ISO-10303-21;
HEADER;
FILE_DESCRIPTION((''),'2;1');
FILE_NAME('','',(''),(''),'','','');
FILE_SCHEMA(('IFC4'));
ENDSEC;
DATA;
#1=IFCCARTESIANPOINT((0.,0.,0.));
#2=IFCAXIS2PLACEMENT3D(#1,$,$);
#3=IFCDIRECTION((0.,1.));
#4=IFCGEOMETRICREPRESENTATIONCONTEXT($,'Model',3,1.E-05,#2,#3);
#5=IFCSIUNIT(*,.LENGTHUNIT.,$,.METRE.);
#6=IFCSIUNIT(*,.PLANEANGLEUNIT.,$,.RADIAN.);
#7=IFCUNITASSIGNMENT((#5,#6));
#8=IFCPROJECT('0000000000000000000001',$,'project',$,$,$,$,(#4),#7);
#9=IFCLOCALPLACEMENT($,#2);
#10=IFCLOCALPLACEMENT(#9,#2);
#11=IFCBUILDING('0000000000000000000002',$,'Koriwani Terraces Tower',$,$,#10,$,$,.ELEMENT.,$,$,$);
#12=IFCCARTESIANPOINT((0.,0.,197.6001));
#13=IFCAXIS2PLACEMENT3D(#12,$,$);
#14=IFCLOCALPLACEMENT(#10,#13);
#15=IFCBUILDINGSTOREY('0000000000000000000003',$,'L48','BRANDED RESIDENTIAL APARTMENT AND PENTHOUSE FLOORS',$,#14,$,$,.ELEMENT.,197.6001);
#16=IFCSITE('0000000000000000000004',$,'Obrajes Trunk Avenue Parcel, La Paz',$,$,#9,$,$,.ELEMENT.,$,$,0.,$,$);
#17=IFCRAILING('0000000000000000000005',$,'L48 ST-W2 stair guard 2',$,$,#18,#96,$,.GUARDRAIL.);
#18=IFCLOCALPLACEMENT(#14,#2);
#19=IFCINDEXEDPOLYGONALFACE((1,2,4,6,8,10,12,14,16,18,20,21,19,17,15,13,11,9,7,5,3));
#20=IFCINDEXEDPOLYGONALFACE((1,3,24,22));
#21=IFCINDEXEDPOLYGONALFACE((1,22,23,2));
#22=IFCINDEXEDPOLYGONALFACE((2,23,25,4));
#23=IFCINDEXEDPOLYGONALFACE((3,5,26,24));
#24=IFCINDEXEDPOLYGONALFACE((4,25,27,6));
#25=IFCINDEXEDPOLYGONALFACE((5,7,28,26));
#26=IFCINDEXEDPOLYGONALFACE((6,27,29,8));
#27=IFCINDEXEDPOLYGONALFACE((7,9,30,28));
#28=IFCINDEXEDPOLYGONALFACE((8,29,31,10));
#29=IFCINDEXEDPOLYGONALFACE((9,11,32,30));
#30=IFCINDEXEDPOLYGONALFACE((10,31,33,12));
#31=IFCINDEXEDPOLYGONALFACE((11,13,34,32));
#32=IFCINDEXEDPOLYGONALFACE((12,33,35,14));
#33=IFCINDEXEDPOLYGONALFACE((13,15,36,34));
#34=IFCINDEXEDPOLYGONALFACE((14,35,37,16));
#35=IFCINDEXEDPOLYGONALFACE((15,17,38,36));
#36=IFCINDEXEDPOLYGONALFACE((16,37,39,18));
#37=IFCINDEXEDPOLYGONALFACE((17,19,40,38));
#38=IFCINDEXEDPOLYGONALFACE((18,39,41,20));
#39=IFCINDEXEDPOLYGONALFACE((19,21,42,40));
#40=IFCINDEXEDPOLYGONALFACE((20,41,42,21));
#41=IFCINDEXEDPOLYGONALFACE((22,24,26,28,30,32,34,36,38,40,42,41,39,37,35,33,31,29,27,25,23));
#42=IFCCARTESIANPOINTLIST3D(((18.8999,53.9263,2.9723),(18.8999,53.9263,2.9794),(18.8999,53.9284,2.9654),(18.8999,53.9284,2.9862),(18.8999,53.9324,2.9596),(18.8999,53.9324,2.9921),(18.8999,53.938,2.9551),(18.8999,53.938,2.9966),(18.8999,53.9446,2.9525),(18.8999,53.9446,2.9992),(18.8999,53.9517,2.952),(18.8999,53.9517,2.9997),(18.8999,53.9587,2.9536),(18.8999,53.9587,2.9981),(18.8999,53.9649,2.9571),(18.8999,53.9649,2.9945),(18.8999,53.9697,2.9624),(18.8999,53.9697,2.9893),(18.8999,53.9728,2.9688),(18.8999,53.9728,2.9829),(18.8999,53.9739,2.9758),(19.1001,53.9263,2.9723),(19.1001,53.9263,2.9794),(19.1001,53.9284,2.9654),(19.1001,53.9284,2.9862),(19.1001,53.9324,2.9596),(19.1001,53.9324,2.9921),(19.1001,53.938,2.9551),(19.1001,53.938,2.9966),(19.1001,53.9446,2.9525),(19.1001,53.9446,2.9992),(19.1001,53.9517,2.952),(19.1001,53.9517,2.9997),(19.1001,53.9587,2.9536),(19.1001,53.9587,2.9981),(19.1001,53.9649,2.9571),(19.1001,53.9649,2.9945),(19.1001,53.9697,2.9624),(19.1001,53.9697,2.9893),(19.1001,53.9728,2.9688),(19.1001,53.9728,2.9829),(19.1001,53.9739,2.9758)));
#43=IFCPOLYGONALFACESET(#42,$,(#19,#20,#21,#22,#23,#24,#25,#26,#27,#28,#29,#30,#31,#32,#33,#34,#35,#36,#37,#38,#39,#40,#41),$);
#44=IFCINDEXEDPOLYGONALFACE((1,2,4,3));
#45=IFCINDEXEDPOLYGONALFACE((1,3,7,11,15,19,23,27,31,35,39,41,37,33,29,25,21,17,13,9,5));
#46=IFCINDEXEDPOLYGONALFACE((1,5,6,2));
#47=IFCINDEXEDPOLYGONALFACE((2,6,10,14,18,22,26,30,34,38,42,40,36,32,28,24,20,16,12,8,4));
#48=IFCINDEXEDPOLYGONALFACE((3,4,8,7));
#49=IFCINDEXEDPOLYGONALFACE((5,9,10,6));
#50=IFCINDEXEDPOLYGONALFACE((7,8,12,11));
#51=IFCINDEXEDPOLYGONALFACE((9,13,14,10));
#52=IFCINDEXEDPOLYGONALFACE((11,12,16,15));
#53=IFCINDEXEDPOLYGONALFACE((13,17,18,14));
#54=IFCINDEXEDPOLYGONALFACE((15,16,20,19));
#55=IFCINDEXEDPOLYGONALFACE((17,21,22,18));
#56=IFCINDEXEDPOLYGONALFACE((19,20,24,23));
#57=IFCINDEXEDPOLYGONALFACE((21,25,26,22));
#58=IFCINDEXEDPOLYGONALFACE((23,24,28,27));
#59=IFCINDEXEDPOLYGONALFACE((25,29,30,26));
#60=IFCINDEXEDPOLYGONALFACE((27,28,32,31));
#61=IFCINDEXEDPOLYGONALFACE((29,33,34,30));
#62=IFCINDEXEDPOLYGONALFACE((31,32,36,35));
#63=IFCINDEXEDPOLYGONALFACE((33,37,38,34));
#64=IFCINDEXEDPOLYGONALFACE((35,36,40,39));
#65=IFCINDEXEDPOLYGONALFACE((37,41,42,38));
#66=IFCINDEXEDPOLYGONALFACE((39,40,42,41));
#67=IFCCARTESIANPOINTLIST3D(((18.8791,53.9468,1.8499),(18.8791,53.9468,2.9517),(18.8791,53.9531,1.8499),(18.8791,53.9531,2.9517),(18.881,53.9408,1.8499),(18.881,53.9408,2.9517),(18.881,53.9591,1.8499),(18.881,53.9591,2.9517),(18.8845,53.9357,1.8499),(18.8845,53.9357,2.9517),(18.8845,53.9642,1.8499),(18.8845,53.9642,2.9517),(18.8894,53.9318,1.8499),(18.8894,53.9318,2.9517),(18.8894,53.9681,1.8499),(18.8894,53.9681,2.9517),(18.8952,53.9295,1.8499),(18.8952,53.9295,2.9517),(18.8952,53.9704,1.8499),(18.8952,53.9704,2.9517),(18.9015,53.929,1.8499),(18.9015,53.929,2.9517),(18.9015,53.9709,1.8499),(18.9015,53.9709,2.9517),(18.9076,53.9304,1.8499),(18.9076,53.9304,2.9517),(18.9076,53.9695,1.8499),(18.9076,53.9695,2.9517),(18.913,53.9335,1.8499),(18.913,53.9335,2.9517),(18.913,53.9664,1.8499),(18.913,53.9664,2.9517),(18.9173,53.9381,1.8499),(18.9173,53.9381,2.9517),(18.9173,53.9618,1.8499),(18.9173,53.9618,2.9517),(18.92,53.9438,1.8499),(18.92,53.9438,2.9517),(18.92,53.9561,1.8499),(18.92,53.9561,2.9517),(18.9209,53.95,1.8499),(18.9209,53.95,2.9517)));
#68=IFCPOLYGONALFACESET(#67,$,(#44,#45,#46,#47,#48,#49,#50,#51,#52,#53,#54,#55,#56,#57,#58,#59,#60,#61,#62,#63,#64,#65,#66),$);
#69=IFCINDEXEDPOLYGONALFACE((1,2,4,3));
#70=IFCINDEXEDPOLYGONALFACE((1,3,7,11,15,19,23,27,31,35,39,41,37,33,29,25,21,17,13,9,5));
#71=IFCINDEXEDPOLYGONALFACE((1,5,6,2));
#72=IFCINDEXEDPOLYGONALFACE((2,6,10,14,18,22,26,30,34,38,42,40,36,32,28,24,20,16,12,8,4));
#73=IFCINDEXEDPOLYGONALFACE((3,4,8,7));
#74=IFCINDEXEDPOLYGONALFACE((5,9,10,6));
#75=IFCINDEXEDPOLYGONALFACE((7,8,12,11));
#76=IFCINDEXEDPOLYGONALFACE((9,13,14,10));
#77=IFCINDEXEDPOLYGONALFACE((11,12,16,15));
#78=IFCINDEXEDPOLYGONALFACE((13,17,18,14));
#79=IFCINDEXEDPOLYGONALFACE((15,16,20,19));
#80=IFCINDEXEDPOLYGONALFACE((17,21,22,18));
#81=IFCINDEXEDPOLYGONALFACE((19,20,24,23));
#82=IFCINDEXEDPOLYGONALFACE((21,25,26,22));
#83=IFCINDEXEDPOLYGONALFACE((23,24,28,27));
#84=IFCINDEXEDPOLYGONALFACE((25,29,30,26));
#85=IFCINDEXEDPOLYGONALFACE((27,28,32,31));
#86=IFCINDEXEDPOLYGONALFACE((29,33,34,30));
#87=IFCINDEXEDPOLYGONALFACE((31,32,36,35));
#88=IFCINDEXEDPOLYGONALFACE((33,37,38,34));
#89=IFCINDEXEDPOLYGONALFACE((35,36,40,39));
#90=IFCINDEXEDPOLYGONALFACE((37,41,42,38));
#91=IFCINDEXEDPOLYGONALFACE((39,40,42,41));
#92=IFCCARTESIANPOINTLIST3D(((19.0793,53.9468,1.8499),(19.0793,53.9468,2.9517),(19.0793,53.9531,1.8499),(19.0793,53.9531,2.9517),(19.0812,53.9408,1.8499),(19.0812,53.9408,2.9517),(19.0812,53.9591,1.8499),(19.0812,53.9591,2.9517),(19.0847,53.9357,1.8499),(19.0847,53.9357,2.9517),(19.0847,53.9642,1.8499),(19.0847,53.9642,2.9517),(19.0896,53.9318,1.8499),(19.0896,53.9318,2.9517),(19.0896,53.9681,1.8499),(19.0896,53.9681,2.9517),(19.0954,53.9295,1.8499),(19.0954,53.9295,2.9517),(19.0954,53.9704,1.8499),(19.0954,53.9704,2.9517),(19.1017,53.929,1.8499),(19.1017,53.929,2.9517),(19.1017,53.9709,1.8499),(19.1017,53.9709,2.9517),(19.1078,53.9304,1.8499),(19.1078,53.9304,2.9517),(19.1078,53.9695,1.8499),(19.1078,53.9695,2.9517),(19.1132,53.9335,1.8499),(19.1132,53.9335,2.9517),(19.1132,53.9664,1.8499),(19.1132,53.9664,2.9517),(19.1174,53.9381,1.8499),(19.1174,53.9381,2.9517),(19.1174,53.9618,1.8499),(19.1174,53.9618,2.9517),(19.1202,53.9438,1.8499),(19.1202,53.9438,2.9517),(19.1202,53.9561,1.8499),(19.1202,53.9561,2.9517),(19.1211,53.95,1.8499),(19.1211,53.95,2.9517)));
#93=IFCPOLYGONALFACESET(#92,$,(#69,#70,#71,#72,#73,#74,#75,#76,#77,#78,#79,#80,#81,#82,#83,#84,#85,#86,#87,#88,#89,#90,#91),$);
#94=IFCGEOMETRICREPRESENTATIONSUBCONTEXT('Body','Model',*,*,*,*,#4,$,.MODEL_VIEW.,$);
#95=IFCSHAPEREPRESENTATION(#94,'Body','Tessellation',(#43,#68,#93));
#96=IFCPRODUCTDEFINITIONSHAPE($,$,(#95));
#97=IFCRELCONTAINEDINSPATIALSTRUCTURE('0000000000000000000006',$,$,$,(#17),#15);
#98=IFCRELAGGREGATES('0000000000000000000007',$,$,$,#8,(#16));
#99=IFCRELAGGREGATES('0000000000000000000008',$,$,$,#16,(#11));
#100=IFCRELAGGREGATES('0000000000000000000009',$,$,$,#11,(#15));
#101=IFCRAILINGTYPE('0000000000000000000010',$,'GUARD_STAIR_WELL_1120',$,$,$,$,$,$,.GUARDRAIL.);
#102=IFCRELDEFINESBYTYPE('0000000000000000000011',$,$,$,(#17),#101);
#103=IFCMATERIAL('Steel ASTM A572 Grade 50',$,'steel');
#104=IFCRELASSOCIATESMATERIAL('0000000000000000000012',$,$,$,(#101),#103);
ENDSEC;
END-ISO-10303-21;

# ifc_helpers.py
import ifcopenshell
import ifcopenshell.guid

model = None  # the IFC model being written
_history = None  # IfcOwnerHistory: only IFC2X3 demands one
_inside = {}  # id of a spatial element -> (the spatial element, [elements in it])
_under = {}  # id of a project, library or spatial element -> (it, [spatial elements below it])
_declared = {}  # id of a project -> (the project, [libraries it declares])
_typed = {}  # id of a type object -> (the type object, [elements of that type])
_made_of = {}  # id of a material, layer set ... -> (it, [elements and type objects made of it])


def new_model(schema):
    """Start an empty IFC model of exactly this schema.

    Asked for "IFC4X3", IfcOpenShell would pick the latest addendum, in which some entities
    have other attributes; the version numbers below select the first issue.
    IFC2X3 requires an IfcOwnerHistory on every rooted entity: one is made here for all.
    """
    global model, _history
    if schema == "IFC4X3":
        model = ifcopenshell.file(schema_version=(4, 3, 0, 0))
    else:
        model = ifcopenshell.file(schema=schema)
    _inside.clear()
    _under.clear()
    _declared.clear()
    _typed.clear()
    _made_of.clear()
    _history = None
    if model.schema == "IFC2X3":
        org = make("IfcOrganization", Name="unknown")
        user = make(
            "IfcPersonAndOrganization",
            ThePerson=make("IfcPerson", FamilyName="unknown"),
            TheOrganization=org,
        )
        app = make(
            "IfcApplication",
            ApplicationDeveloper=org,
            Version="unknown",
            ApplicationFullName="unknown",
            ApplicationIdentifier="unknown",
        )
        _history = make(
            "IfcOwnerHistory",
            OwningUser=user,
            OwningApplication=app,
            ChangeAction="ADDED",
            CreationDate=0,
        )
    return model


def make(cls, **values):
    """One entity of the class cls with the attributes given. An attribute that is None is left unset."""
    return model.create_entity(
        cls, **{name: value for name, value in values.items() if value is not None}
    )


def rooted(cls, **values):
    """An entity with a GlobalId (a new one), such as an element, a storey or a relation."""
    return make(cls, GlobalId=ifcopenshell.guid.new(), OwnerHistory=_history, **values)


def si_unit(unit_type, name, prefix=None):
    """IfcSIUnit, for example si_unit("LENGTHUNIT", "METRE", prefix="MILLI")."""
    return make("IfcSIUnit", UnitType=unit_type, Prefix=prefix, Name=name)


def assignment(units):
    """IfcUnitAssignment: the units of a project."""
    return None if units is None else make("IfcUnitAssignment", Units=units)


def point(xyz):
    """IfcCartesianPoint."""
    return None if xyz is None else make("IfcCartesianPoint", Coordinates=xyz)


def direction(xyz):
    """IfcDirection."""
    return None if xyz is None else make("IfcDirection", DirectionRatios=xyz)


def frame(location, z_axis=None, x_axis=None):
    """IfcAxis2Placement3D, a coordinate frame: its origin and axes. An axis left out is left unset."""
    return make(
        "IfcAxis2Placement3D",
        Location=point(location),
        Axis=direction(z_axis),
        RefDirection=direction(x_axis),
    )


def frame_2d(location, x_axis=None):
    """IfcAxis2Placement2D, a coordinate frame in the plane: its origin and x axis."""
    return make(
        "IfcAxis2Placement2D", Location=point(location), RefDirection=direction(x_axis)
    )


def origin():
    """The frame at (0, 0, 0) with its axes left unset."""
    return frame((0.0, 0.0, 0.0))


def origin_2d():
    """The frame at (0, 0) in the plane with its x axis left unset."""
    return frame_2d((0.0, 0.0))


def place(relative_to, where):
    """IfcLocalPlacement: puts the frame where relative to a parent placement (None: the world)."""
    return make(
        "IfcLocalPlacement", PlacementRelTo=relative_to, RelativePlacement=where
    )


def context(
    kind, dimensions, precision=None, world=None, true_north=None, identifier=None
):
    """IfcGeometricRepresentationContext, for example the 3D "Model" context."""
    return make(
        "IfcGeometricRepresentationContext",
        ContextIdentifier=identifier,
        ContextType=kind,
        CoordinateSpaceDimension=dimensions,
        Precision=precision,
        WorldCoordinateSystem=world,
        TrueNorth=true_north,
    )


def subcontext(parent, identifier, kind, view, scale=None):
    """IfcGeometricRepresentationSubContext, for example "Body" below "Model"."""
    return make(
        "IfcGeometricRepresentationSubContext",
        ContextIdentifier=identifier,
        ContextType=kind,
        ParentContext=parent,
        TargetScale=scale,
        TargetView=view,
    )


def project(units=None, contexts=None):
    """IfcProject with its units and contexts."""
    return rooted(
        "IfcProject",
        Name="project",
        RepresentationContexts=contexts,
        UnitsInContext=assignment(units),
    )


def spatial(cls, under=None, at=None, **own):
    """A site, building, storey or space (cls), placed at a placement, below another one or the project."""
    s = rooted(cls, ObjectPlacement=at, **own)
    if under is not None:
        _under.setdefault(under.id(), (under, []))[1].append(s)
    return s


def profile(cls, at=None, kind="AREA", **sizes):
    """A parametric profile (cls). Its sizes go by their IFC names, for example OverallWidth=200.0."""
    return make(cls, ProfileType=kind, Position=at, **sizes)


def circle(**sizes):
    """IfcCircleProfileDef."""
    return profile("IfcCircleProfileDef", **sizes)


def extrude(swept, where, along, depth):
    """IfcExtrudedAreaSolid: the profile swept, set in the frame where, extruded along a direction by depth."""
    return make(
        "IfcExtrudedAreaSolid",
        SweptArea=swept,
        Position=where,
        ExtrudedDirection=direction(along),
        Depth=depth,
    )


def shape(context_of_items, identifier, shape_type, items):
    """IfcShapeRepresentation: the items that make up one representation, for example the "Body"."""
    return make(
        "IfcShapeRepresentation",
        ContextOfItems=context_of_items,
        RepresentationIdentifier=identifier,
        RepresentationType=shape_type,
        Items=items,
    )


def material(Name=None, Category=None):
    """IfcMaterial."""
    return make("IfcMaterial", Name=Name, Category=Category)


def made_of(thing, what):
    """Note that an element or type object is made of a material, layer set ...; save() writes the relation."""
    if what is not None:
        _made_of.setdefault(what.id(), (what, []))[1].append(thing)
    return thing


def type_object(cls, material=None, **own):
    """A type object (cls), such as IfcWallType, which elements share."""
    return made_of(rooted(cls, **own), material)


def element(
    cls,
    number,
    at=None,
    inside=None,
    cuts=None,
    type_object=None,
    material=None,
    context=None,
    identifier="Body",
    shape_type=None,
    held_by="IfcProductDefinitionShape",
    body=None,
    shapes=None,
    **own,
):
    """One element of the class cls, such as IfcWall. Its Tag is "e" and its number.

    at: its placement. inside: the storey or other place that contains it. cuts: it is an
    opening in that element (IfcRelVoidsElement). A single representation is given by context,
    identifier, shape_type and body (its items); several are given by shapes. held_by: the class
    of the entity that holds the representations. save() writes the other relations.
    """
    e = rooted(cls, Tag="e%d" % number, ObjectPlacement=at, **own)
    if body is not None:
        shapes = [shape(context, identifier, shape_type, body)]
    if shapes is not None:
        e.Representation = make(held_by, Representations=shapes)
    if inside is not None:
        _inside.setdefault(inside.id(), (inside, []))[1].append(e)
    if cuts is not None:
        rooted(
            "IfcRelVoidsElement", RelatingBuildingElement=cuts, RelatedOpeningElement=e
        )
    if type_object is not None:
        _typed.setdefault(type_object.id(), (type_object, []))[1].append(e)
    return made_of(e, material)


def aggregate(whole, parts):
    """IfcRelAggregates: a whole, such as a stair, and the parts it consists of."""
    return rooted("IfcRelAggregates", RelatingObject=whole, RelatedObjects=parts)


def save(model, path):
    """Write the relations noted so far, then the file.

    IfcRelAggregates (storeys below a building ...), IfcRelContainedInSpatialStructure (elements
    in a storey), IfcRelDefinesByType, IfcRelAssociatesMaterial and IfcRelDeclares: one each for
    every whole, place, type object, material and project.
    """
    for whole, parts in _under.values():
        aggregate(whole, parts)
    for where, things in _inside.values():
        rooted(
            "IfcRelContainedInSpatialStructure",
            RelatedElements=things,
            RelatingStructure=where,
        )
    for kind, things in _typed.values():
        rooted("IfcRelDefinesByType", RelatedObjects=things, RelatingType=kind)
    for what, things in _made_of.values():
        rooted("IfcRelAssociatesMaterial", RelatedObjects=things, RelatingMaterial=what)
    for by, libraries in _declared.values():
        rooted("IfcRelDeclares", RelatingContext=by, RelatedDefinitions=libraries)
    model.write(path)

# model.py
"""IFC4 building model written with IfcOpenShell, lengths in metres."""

from ifc_helpers import new_model, si_unit, direction, frame, origin, origin_2d, place, context, subcontext, project, spatial, circle, extrude, material, type_object, element, save


model = new_model("IFC4")

# Units and contexts
model_context = context("Model", 3, precision=1e-05, world=origin(), true_north=direction((0.0, 1.0)))
body_context = subcontext(model_context, "Body", "Model", "MODEL_VIEW")
ifc_project = project(units=[si_unit("LENGTHUNIT", "METRE"), si_unit("PLANEANGLEUNIT", "RADIAN")], contexts=[model_context])

# Site, building, storey
site_placement = place(None, origin())
site = spatial("IfcSite", under=ifc_project, at=site_placement, Name="Obrajes Trunk Avenue Parcel, La Paz", CompositionType="ELEMENT", RefElevation=0.0)
building_placement = place(site_placement, origin())
building = spatial("IfcBuilding", under=site, at=building_placement, Name="Koriwani Terraces Tower", CompositionType="ELEMENT")
storey_placement = place(building_placement, frame((0.0, 0.0, 197.6001)))
storey = spatial("IfcBuildingStorey", under=building, at=storey_placement, Name="L48", Description="BRANDED RESIDENTIAL APARTMENT AND PENTHOUSE FLOORS", CompositionType="ELEMENT", Elevation=197.6001)

# Shared definitions
ifc_material_1 = material(Name="Steel ASTM A572 Grade 50", Category="steel")

# Railing
railing_type_1 = type_object("IfcRailingType", Name="GUARD_STAIR_WELL_1120", PredefinedType="GUARDRAIL", material=ifc_material_1)
railing_1_placement = place(storey_placement, frame((18.8999, 53.95, 1.8499)))
element("IfcRailing", 1, at=railing_1_placement, inside=storey, type_object=railing_type_1, Name="L48 ST-W2 stair guard 2", PredefinedType="GUARDRAIL", context=body_context, shape_type="SweptSolid", body=[
    extrude(circle(Radius=0.0239, at=origin_2d()), frame((0.0, 0.0, 1.126), z_axis=(1.0, 0.0, 0.0), x_axis=(0.0, 1.0, 0.0)), (0.0, 0.0, 1.0), 0.2002),
    extrude(circle(Radius=0.021, at=origin_2d()), origin(), (0.0, 0.0, 1.0), 1.1018),
    extrude(circle(Radius=0.021, at=origin_2d()), frame((0.2002, 0.0, 0.0)), (0.0, 0.0, 1.0), 1.1018),
])

save(model, "model.ifc")
